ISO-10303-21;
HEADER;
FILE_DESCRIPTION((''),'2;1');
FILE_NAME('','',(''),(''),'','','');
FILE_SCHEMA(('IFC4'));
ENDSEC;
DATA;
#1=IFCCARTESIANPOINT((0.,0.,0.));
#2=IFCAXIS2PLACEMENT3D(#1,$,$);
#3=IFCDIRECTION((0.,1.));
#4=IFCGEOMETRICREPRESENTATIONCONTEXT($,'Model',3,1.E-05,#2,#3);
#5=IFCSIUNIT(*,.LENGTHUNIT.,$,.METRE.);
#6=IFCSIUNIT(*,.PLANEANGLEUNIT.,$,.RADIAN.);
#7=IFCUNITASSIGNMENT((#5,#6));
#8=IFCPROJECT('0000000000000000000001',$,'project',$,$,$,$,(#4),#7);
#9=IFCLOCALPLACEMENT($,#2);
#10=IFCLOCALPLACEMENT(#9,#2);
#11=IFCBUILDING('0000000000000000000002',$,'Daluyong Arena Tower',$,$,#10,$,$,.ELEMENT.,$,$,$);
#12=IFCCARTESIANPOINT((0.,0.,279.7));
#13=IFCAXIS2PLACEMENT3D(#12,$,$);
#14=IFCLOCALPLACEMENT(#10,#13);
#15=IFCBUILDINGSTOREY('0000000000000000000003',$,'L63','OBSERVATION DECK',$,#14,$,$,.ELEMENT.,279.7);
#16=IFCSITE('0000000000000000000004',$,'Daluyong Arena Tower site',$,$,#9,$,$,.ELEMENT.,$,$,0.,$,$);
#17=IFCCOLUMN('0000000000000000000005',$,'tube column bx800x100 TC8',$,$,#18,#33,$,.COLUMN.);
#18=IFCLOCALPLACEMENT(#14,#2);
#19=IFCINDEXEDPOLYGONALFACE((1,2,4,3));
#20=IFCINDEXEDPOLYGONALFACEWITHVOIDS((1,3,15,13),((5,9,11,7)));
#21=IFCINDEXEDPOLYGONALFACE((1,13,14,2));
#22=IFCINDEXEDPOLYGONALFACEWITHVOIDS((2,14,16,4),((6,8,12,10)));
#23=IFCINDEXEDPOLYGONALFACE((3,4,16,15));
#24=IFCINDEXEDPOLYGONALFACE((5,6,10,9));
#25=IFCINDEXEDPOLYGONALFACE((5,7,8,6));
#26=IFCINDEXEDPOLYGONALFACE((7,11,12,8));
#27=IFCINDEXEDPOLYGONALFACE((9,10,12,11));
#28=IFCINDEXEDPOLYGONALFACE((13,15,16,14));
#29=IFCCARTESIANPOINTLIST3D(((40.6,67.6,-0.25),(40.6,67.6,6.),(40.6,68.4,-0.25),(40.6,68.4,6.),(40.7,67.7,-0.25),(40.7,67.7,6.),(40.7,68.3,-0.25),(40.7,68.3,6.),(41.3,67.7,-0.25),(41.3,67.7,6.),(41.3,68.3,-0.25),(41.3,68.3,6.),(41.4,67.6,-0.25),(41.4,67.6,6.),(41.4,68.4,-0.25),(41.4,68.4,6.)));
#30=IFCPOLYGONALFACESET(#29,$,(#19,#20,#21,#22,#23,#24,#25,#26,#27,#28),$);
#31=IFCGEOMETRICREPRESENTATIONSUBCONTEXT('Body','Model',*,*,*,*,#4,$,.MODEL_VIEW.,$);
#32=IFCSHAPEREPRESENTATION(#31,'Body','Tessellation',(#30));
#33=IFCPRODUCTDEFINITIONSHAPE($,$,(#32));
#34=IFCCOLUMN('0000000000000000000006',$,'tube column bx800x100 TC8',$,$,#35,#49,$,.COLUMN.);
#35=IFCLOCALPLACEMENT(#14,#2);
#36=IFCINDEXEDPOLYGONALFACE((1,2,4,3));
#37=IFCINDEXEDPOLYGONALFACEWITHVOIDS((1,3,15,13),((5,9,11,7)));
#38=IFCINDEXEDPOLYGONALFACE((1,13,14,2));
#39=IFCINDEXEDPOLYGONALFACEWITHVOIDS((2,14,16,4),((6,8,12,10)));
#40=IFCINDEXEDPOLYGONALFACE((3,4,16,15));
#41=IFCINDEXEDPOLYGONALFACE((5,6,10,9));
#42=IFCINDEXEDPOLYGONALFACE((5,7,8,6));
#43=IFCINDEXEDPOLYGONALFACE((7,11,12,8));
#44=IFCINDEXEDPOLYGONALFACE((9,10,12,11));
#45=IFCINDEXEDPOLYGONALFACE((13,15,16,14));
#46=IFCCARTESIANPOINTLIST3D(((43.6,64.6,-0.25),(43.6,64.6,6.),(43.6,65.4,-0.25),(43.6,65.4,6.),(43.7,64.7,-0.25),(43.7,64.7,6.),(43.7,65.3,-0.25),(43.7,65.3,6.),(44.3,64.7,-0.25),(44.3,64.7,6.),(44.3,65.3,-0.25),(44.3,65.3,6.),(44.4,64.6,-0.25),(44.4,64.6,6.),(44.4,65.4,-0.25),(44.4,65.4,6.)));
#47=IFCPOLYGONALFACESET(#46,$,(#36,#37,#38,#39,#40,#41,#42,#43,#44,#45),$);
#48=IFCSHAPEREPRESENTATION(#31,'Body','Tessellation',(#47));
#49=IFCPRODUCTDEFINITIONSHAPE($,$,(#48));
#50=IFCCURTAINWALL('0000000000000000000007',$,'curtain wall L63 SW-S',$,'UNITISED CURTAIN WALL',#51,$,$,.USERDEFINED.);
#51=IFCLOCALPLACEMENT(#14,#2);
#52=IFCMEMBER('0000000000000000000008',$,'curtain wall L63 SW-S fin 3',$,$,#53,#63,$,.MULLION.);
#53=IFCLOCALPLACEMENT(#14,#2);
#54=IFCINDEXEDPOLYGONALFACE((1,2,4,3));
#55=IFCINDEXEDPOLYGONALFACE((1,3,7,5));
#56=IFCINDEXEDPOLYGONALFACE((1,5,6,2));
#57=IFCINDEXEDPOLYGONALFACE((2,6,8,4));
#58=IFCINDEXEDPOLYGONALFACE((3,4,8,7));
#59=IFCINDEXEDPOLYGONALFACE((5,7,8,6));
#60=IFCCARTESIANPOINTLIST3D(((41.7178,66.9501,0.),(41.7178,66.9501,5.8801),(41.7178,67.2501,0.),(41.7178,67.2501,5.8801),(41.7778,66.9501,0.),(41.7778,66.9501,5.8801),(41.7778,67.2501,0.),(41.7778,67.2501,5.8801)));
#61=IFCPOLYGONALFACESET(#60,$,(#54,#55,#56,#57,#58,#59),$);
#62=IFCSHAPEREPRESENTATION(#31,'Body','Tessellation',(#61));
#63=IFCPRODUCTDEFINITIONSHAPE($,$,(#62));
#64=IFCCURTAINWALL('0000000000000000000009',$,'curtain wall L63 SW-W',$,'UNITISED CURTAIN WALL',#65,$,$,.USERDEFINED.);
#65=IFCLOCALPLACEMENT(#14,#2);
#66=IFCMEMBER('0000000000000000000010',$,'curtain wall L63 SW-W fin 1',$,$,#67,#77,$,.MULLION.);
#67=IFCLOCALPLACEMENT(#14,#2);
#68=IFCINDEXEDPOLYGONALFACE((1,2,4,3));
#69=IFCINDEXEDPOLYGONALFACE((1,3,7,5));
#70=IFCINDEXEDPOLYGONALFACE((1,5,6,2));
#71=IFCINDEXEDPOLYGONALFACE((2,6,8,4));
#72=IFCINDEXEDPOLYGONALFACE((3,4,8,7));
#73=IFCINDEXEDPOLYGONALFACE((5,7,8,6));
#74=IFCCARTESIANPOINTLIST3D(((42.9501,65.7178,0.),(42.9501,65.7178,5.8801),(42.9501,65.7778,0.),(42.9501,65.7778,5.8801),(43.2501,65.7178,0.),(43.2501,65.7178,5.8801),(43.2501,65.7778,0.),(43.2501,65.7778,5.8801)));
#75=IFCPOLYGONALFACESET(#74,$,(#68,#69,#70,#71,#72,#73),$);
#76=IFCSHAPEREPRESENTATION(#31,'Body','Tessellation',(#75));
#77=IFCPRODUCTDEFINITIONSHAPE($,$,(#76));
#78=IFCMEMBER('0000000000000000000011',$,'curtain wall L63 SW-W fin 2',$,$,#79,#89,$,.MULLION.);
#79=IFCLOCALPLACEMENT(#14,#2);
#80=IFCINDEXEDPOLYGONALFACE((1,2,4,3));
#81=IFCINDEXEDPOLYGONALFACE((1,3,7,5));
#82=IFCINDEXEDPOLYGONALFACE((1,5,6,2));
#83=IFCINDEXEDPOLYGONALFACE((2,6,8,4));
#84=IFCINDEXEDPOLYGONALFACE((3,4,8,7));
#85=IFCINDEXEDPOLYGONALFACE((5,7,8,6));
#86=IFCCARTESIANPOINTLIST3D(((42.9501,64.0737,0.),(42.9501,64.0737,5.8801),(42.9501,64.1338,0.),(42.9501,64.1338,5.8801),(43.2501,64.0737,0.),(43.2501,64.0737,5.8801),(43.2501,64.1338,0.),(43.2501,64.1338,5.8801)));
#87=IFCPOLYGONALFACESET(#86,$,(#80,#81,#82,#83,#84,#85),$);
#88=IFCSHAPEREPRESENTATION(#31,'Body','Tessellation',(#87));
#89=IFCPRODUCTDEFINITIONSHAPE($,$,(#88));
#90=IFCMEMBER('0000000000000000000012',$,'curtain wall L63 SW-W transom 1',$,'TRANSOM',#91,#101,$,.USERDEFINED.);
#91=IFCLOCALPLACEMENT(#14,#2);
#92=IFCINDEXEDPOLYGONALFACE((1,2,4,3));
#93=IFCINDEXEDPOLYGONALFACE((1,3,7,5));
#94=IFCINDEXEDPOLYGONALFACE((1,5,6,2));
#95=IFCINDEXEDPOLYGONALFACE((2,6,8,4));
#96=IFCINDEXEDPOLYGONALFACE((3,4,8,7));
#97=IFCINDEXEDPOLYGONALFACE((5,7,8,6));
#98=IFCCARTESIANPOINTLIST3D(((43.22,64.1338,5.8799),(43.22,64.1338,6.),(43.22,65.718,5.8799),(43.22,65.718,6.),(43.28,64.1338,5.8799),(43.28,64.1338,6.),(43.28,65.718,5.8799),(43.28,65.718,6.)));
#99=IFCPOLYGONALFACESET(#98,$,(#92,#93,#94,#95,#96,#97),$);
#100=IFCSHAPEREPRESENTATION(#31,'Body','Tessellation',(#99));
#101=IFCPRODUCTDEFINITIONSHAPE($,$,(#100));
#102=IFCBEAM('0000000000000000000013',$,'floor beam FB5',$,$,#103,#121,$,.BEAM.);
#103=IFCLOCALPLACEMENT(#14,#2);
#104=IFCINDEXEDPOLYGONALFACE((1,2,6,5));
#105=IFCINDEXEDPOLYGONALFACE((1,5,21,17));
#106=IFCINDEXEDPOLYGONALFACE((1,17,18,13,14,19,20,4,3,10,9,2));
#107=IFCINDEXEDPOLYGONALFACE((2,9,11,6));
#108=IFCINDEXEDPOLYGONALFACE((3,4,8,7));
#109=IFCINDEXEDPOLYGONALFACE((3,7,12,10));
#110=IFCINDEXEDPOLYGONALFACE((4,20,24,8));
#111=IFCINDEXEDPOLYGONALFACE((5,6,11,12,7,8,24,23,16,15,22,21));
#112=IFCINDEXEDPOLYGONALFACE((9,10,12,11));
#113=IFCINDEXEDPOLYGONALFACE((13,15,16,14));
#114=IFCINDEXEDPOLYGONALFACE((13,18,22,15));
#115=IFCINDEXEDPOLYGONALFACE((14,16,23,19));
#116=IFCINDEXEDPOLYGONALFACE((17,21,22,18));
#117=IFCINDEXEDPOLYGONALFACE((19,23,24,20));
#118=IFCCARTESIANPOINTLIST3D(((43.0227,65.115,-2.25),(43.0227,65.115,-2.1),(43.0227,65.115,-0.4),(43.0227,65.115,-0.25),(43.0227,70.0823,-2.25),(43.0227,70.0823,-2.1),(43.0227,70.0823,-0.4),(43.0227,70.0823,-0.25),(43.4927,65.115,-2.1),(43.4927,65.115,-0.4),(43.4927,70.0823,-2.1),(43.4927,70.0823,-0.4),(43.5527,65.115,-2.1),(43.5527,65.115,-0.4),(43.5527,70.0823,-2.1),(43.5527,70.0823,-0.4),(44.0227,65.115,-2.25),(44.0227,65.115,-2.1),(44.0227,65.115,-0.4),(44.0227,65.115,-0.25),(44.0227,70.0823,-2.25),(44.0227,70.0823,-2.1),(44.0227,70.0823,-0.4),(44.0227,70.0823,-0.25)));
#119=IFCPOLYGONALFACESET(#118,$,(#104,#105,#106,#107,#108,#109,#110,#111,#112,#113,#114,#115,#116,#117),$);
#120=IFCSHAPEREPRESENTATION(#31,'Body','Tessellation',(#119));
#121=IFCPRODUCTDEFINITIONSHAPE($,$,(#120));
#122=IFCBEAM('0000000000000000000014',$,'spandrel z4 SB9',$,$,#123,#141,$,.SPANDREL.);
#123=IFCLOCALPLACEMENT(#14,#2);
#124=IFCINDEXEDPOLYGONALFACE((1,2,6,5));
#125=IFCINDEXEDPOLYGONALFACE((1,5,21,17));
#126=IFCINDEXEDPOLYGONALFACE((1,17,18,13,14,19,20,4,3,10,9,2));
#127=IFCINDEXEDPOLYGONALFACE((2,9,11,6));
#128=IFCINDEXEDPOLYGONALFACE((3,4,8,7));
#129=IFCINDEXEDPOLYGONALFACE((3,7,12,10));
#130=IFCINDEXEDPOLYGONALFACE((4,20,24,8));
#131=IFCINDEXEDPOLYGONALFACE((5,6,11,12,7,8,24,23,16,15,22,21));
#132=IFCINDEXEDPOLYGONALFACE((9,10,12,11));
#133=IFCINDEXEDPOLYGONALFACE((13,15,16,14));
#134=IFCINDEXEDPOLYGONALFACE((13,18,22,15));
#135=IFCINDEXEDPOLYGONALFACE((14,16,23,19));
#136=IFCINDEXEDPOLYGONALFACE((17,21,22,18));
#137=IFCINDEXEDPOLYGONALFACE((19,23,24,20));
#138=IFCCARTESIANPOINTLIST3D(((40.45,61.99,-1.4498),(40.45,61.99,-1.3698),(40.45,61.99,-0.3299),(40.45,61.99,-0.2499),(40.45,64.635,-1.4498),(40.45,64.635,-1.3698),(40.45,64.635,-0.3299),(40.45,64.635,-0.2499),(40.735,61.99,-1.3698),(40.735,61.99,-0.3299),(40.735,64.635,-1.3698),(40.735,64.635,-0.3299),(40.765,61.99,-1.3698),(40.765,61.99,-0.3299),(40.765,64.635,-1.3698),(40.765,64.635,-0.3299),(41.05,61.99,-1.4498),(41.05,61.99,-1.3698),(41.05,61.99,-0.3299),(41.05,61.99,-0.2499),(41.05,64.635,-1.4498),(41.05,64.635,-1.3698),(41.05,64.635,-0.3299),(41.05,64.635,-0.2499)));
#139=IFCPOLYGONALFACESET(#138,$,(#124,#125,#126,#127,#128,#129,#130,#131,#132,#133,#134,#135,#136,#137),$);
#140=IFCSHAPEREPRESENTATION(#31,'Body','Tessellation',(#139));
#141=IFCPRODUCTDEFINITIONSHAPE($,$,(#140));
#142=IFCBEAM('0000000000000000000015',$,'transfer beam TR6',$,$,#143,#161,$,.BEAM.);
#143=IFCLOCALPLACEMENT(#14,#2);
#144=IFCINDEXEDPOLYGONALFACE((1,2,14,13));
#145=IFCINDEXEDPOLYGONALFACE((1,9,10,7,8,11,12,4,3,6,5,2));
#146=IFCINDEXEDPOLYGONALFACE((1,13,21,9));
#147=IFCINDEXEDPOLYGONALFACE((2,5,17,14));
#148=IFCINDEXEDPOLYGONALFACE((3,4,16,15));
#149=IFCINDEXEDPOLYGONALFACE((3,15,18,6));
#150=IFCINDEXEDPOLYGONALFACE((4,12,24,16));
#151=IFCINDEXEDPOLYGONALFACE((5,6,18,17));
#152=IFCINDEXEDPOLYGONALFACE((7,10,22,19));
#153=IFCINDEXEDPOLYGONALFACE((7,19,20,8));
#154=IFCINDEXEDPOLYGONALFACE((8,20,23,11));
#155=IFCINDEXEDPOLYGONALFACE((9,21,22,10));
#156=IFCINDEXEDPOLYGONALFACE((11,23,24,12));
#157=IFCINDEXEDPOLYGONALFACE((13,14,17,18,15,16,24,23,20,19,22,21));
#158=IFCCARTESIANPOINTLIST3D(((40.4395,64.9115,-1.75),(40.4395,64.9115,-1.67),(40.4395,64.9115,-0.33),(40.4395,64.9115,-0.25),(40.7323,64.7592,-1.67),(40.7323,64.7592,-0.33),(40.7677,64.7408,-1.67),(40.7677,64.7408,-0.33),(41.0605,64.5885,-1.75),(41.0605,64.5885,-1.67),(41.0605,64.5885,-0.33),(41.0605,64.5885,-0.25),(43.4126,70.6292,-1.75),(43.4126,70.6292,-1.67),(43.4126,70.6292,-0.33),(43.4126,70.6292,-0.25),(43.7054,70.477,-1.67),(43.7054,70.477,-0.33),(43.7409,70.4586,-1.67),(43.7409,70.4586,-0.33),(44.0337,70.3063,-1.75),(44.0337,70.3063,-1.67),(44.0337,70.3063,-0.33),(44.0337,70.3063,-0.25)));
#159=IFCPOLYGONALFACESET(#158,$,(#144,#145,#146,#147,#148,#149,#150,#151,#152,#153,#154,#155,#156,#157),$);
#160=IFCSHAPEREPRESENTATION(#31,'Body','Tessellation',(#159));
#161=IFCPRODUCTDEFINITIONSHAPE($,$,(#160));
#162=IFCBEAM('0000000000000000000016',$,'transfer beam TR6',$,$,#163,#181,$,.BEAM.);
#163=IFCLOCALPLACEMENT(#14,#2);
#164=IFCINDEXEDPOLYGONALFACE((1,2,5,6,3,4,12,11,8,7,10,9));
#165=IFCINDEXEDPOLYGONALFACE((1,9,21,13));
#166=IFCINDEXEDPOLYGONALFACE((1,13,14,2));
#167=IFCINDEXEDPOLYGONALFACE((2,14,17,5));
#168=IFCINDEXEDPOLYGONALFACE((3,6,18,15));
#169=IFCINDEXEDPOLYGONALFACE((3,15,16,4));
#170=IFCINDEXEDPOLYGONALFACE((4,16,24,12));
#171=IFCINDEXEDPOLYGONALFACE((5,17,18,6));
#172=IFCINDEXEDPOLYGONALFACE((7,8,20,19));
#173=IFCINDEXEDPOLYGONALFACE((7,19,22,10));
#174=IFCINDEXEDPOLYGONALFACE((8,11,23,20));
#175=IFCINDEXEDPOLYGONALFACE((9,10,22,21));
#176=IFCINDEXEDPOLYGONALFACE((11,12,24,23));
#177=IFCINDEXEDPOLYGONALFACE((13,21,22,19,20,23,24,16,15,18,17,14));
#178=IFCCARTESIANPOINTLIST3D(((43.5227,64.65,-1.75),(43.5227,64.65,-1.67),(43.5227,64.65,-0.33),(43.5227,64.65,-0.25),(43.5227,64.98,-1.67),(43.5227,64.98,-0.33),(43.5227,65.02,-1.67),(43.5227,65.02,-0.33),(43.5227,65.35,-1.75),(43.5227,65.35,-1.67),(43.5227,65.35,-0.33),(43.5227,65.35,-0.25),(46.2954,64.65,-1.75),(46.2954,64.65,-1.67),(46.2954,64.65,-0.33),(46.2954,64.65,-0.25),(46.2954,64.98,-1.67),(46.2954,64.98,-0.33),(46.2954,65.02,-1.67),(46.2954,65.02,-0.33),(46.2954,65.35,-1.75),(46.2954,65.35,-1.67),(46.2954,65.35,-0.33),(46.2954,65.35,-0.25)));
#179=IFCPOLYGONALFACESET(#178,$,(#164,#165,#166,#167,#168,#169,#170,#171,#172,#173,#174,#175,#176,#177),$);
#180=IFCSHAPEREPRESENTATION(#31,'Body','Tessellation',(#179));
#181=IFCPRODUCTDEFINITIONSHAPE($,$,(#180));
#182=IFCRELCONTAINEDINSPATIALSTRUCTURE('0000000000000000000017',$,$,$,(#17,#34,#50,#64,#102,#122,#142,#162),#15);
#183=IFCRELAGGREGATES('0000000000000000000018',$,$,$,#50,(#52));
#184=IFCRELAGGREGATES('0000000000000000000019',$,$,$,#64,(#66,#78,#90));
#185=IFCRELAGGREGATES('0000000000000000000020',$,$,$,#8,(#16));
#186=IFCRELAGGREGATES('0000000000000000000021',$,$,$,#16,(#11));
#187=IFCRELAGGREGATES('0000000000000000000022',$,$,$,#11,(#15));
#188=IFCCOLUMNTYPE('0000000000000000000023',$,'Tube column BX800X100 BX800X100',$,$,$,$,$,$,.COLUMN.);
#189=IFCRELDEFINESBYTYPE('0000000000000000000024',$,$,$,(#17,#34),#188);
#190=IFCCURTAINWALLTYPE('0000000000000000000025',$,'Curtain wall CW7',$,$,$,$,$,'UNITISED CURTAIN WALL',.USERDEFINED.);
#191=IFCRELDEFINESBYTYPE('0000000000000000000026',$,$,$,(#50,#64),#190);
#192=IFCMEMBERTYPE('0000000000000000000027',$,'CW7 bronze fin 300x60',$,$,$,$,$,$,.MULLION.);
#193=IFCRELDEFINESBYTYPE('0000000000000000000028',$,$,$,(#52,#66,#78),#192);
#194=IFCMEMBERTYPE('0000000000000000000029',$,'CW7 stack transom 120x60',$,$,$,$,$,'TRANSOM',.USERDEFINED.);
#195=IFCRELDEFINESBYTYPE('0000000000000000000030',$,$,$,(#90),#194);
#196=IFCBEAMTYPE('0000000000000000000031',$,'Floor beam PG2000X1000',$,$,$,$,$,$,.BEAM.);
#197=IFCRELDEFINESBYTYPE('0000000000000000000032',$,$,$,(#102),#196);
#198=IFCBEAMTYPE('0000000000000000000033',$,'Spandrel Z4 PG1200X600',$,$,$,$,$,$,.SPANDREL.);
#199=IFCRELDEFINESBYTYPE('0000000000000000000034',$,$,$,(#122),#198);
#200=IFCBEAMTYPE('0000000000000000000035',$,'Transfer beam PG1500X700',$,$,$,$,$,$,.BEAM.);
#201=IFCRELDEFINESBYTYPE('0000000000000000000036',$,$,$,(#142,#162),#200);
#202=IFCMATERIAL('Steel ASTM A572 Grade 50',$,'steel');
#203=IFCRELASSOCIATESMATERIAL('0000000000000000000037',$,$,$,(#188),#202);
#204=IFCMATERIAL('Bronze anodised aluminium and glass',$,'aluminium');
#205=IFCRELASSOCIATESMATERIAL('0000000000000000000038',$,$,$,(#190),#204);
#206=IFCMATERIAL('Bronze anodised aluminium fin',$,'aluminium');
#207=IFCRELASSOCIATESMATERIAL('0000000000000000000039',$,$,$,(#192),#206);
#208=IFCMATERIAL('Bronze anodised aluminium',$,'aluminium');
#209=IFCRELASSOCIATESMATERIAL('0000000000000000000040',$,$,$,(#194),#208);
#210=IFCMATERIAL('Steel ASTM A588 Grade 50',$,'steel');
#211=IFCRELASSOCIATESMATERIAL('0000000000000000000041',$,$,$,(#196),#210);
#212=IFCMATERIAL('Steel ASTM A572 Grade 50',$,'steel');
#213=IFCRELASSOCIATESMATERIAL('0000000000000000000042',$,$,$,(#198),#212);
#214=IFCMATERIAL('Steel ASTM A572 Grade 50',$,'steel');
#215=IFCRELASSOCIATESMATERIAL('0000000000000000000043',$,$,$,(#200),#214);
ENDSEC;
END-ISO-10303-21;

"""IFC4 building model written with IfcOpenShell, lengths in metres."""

from ifc_helpers import new_model, si_unit, direction, frame, origin, origin_2d, place, context, subcontext, project, spatial, rectangle, hollow_rectangle, i_section, extrude, material, material_profile, profile_set, type_object, element, aggregate, save


model = new_model("IFC4")

# Units and contexts
model_context = context("Model", 3, precision=1e-05, world=origin(), true_north=direction((0.0, 1.0)))
body_context = subcontext(model_context, "Body", "Model", "MODEL_VIEW")
ifc_project = project(units=[si_unit("LENGTHUNIT", "METRE"), si_unit("PLANEANGLEUNIT", "RADIAN")], contexts=[model_context])

# Site, building, storey
site_placement = place(None, origin())
site = spatial("IfcSite", under=ifc_project, at=site_placement, Name="Daluyong Arena Tower site", CompositionType="ELEMENT", RefElevation=0.0)
building_placement = place(site_placement, origin())
building = spatial("IfcBuilding", under=site, at=building_placement, Name="Daluyong Arena Tower", CompositionType="ELEMENT")
storey_placement = place(building_placement, frame((0.0, 0.0, 279.7)))
storey = spatial("IfcBuildingStorey", under=building, at=storey_placement, Name="L63", Description="OBSERVATION DECK", CompositionType="ELEMENT", Elevation=279.7)

# Columns
ifc_material_1 = material(Name="Steel ASTM A572 Grade 50", Category="steel")
ifc_material_profile_1 = material_profile(ifc_material_1, hollow_rectangle(XDim=0.8, YDim=0.8, WallThickness=0.1, at=origin_2d()))
ifc_profile_set_1 = profile_set([ifc_material_profile_1], Name="Steel ASTM A572 Grade 50")
column_type_1 = type_object("IfcColumnType", Name="Tube column BX800X100 BX800X100", PredefinedType="COLUMN", material=ifc_profile_set_1)
for number, where, z_axis, x_axis, name in (
    (1, (41.0, 68.0, -0.25), (0.0, 0.0, 1.0), (1.0, 0.0, 0.0), "tube column bx800x100 TC8"),
    (2, (44.0, 65.0, -0.25), (0.0, 0.0, 1.0), (0.0, 1.0, 0.0), "tube column bx800x100 TC8"),
):
    element("IfcColumn", number, at=place(storey_placement, frame(where, z_axis=z_axis, x_axis=x_axis)), inside=storey, type_object=column_type_1, Name=name, PredefinedType="COLUMN", context=body_context, shape_type="SweptSolid", body=[
        extrude(hollow_rectangle(XDim=0.8, YDim=0.8, WallThickness=0.1, at=origin_2d()), origin(), (0.0, 0.0, 1.0), 6.25),
    ])

# Curtain wall, member
ifc_material_2 = material(Name="Bronze anodised aluminium and glass", Category="aluminium")
curtain_wall_type = type_object("IfcCurtainWallType", Name="Curtain wall CW7", ElementType="UNITISED CURTAIN WALL", PredefinedType="USERDEFINED", material=ifc_material_2)
curtain_wall_1_placement = place(storey_placement, origin())
curtain_wall_1 = element("IfcCurtainWall", 3, at=curtain_wall_1_placement, inside=storey, type_object=curtain_wall_type, Name="curtain wall L63 SW-S", ObjectType="UNITISED CURTAIN WALL", PredefinedType="USERDEFINED")
ifc_material_3 = material(Name="Bronze anodised aluminium fin", Category="aluminium")
ifc_material_profile_2 = material_profile(ifc_material_3, rectangle(XDim=0.3, YDim=0.0601, at=origin_2d()))
ifc_profile_set_2 = profile_set([ifc_material_profile_2], Name="Bronze anodised aluminium fin")
member_type_1 = type_object("IfcMemberType", Name="CW7 bronze fin 300x60", PredefinedType="MULLION", material=ifc_profile_set_2)
member_1_placement = place(storey_placement, frame((41.7478, 67.1001, 0.0), z_axis=(0.0, 0.0, 1.0), x_axis=(0.0, 1.0, 0.0)))
member_1 = element("IfcMember", 4, at=member_1_placement, type_object=member_type_1, Name="curtain wall L63 SW-S fin 3", PredefinedType="MULLION", context=body_context, shape_type="SweptSolid", body=[
    extrude(rectangle(XDim=0.3, YDim=0.0601, at=origin_2d()), origin(), (0.0, 0.0, 1.0), 5.8801),
])

# Curtain wall, members
curtain_wall_2_placement = place(storey_placement, origin())
curtain_wall_2 = element("IfcCurtainWall", 5, at=curtain_wall_2_placement, inside=storey, type_object=curtain_wall_type, Name="curtain wall L63 SW-W", ObjectType="UNITISED CURTAIN WALL", PredefinedType="USERDEFINED")
member_2_placement = place(storey_placement, frame((43.1001, 65.7478, 0.0), z_axis=(0.0, 0.0, 1.0), x_axis=(1.0, 0.0, 0.0)))
member_2 = element("IfcMember", 6, at=member_2_placement, type_object=member_type_1, Name="curtain wall L63 SW-W fin 1", PredefinedType="MULLION", context=body_context, shape_type="SweptSolid", body=[
    extrude(rectangle(XDim=0.3, YDim=0.0601, at=origin_2d()), origin(), (0.0, 0.0, 1.0), 5.8801),
])
member_3_placement = place(storey_placement, frame((43.1001, 64.1038, 0.0), z_axis=(0.0, 0.0, 1.0), x_axis=(1.0, 0.0, 0.0)))
member_3 = element("IfcMember", 7, at=member_3_placement, type_object=member_type_1, Name="curtain wall L63 SW-W fin 2", PredefinedType="MULLION", context=body_context, shape_type="SweptSolid", body=[
    extrude(rectangle(XDim=0.3, YDim=0.0601, at=origin_2d()), origin(), (0.0, 0.0, 1.0), 5.8801),
])
ifc_material_4 = material(Name="Bronze anodised aluminium", Category="aluminium")
ifc_material_profile_3 = material_profile(ifc_material_4, rectangle(XDim=0.0601, YDim=0.1201, at=origin_2d()))
ifc_profile_set_3 = profile_set([ifc_material_profile_3], Name="Bronze anodised aluminium")
member_type_2 = type_object("IfcMemberType", Name="CW7 stack transom 120x60", ElementType="TRANSOM", PredefinedType="USERDEFINED", material=ifc_profile_set_3)
member_4_placement = place(storey_placement, frame((43.25, 65.718, 5.9399), z_axis=(0.0, -1.0, 0.0), x_axis=(1.0, 0.0, 0.0)))
member_4 = element("IfcMember", 8, at=member_4_placement, type_object=member_type_2, Name="curtain wall L63 SW-W transom 1", ObjectType="TRANSOM", PredefinedType="USERDEFINED", context=body_context, shape_type="SweptSolid", body=[
    extrude(rectangle(XDim=0.0601, YDim=0.1201, at=origin_2d()), origin(), (0.0, 0.0, 1.0), 1.5842),
])

# Beams
ifc_material_5 = material(Name="Steel ASTM A588 Grade 50", Category="steel")
ifc_material_profile_4 = material_profile(ifc_material_5, i_section(OverallWidth=1.0, OverallDepth=2.0, WebThickness=0.06, FlangeThickness=0.15, at=origin_2d()))
ifc_profile_set_4 = profile_set([ifc_material_profile_4], Name="Steel ASTM A588 Grade 50")
beam_type_1 = type_object("IfcBeamType", Name="Floor beam PG2000X1000", PredefinedType="BEAM", material=ifc_profile_set_4)
beam_1_placement = place(storey_placement, frame((43.5227, 65.115, -1.25), z_axis=(0.0, 1.0, 0.0), x_axis=(-1.0, 0.0, 0.0)))
element("IfcBeam", 9, at=beam_1_placement, inside=storey, type_object=beam_type_1, Name="floor beam FB5", PredefinedType="BEAM", context=body_context, shape_type="SweptSolid", body=[
    extrude(i_section(OverallWidth=1.0, OverallDepth=2.0, WebThickness=0.06, FlangeThickness=0.15, at=origin_2d()), origin(), (0.0, 0.0, 1.0), 4.9673),
])
ifc_material_6 = material(Name="Steel ASTM A572 Grade 50", Category="steel")
ifc_material_profile_5 = material_profile(ifc_material_6, i_section(OverallWidth=0.6001, OverallDepth=1.2, WebThickness=0.03, FlangeThickness=0.08, at=origin_2d()))
ifc_profile_set_5 = profile_set([ifc_material_profile_5], Name="Steel ASTM A572 Grade 50")
beam_type_2 = type_object("IfcBeamType", Name="Spandrel Z4 PG1200X600", PredefinedType="SPANDREL", material=ifc_profile_set_5)
beam_2_placement = place(storey_placement, frame((40.75, 64.635, -0.8499), z_axis=(0.0, -1.0, 0.0), x_axis=(1.0, 0.0, 0.0)))
element("IfcBeam", 10, at=beam_2_placement, inside=storey, type_object=beam_type_2, Name="spandrel z4 SB9", PredefinedType="SPANDREL", context=body_context, shape_type="SweptSolid", body=[
    extrude(i_section(OverallWidth=0.6001, OverallDepth=1.2, WebThickness=0.03, FlangeThickness=0.08, at=origin_2d()), origin(), (0.0, 0.0, 1.0), 2.645),
])
ifc_material_7 = material(Name="Steel ASTM A572 Grade 50", Category="steel")
ifc_material_profile_6 = material_profile(ifc_material_7, i_section(OverallWidth=0.7, OverallDepth=1.5, WebThickness=0.04, FlangeThickness=0.08, at=origin_2d()))
ifc_profile_set_6 = profile_set([ifc_material_profile_6], Name="Steel ASTM A572 Grade 50")
beam_type_3 = type_object("IfcBeamType", Name="Transfer beam PG1500X700", PredefinedType="BEAM", material=ifc_profile_set_6)
beam_3_placement = place(storey_placement, frame((40.75, 64.75, -1.0), z_axis=(0.461341, 0.887223, 0.0), x_axis=(-0.887223, 0.461341, 0.0)))
element("IfcBeam", 11, at=beam_3_placement, inside=storey, type_object=beam_type_3, Name="transfer beam TR6", PredefinedType="BEAM", context=body_context, shape_type="SweptSolid", body=[
    extrude(i_section(OverallWidth=0.7, OverallDepth=1.5, WebThickness=0.04, FlangeThickness=0.08, at=origin_2d()), origin(), (0.0, 0.0, 1.0), 6.4446),
])
beam_4_placement = place(storey_placement, frame((43.5227, 65.0, -1.0), z_axis=(1.0, 0.0, 0.0), x_axis=(0.0, 1.0, 0.0)))
element("IfcBeam", 12, at=beam_4_placement, inside=storey, type_object=beam_type_3, Name="transfer beam TR6", PredefinedType="BEAM", context=body_context, shape_type="SweptSolid", body=[
    extrude(i_section(OverallWidth=0.7, OverallDepth=1.5, WebThickness=0.04, FlangeThickness=0.08, at=origin_2d()), origin(), (0.0, 0.0, 1.0), 2.7727),
])

aggregate(curtain_wall_1, [member_1])
aggregate(curtain_wall_2, [member_2, member_3, member_4])

save(model, "model.ifc")
